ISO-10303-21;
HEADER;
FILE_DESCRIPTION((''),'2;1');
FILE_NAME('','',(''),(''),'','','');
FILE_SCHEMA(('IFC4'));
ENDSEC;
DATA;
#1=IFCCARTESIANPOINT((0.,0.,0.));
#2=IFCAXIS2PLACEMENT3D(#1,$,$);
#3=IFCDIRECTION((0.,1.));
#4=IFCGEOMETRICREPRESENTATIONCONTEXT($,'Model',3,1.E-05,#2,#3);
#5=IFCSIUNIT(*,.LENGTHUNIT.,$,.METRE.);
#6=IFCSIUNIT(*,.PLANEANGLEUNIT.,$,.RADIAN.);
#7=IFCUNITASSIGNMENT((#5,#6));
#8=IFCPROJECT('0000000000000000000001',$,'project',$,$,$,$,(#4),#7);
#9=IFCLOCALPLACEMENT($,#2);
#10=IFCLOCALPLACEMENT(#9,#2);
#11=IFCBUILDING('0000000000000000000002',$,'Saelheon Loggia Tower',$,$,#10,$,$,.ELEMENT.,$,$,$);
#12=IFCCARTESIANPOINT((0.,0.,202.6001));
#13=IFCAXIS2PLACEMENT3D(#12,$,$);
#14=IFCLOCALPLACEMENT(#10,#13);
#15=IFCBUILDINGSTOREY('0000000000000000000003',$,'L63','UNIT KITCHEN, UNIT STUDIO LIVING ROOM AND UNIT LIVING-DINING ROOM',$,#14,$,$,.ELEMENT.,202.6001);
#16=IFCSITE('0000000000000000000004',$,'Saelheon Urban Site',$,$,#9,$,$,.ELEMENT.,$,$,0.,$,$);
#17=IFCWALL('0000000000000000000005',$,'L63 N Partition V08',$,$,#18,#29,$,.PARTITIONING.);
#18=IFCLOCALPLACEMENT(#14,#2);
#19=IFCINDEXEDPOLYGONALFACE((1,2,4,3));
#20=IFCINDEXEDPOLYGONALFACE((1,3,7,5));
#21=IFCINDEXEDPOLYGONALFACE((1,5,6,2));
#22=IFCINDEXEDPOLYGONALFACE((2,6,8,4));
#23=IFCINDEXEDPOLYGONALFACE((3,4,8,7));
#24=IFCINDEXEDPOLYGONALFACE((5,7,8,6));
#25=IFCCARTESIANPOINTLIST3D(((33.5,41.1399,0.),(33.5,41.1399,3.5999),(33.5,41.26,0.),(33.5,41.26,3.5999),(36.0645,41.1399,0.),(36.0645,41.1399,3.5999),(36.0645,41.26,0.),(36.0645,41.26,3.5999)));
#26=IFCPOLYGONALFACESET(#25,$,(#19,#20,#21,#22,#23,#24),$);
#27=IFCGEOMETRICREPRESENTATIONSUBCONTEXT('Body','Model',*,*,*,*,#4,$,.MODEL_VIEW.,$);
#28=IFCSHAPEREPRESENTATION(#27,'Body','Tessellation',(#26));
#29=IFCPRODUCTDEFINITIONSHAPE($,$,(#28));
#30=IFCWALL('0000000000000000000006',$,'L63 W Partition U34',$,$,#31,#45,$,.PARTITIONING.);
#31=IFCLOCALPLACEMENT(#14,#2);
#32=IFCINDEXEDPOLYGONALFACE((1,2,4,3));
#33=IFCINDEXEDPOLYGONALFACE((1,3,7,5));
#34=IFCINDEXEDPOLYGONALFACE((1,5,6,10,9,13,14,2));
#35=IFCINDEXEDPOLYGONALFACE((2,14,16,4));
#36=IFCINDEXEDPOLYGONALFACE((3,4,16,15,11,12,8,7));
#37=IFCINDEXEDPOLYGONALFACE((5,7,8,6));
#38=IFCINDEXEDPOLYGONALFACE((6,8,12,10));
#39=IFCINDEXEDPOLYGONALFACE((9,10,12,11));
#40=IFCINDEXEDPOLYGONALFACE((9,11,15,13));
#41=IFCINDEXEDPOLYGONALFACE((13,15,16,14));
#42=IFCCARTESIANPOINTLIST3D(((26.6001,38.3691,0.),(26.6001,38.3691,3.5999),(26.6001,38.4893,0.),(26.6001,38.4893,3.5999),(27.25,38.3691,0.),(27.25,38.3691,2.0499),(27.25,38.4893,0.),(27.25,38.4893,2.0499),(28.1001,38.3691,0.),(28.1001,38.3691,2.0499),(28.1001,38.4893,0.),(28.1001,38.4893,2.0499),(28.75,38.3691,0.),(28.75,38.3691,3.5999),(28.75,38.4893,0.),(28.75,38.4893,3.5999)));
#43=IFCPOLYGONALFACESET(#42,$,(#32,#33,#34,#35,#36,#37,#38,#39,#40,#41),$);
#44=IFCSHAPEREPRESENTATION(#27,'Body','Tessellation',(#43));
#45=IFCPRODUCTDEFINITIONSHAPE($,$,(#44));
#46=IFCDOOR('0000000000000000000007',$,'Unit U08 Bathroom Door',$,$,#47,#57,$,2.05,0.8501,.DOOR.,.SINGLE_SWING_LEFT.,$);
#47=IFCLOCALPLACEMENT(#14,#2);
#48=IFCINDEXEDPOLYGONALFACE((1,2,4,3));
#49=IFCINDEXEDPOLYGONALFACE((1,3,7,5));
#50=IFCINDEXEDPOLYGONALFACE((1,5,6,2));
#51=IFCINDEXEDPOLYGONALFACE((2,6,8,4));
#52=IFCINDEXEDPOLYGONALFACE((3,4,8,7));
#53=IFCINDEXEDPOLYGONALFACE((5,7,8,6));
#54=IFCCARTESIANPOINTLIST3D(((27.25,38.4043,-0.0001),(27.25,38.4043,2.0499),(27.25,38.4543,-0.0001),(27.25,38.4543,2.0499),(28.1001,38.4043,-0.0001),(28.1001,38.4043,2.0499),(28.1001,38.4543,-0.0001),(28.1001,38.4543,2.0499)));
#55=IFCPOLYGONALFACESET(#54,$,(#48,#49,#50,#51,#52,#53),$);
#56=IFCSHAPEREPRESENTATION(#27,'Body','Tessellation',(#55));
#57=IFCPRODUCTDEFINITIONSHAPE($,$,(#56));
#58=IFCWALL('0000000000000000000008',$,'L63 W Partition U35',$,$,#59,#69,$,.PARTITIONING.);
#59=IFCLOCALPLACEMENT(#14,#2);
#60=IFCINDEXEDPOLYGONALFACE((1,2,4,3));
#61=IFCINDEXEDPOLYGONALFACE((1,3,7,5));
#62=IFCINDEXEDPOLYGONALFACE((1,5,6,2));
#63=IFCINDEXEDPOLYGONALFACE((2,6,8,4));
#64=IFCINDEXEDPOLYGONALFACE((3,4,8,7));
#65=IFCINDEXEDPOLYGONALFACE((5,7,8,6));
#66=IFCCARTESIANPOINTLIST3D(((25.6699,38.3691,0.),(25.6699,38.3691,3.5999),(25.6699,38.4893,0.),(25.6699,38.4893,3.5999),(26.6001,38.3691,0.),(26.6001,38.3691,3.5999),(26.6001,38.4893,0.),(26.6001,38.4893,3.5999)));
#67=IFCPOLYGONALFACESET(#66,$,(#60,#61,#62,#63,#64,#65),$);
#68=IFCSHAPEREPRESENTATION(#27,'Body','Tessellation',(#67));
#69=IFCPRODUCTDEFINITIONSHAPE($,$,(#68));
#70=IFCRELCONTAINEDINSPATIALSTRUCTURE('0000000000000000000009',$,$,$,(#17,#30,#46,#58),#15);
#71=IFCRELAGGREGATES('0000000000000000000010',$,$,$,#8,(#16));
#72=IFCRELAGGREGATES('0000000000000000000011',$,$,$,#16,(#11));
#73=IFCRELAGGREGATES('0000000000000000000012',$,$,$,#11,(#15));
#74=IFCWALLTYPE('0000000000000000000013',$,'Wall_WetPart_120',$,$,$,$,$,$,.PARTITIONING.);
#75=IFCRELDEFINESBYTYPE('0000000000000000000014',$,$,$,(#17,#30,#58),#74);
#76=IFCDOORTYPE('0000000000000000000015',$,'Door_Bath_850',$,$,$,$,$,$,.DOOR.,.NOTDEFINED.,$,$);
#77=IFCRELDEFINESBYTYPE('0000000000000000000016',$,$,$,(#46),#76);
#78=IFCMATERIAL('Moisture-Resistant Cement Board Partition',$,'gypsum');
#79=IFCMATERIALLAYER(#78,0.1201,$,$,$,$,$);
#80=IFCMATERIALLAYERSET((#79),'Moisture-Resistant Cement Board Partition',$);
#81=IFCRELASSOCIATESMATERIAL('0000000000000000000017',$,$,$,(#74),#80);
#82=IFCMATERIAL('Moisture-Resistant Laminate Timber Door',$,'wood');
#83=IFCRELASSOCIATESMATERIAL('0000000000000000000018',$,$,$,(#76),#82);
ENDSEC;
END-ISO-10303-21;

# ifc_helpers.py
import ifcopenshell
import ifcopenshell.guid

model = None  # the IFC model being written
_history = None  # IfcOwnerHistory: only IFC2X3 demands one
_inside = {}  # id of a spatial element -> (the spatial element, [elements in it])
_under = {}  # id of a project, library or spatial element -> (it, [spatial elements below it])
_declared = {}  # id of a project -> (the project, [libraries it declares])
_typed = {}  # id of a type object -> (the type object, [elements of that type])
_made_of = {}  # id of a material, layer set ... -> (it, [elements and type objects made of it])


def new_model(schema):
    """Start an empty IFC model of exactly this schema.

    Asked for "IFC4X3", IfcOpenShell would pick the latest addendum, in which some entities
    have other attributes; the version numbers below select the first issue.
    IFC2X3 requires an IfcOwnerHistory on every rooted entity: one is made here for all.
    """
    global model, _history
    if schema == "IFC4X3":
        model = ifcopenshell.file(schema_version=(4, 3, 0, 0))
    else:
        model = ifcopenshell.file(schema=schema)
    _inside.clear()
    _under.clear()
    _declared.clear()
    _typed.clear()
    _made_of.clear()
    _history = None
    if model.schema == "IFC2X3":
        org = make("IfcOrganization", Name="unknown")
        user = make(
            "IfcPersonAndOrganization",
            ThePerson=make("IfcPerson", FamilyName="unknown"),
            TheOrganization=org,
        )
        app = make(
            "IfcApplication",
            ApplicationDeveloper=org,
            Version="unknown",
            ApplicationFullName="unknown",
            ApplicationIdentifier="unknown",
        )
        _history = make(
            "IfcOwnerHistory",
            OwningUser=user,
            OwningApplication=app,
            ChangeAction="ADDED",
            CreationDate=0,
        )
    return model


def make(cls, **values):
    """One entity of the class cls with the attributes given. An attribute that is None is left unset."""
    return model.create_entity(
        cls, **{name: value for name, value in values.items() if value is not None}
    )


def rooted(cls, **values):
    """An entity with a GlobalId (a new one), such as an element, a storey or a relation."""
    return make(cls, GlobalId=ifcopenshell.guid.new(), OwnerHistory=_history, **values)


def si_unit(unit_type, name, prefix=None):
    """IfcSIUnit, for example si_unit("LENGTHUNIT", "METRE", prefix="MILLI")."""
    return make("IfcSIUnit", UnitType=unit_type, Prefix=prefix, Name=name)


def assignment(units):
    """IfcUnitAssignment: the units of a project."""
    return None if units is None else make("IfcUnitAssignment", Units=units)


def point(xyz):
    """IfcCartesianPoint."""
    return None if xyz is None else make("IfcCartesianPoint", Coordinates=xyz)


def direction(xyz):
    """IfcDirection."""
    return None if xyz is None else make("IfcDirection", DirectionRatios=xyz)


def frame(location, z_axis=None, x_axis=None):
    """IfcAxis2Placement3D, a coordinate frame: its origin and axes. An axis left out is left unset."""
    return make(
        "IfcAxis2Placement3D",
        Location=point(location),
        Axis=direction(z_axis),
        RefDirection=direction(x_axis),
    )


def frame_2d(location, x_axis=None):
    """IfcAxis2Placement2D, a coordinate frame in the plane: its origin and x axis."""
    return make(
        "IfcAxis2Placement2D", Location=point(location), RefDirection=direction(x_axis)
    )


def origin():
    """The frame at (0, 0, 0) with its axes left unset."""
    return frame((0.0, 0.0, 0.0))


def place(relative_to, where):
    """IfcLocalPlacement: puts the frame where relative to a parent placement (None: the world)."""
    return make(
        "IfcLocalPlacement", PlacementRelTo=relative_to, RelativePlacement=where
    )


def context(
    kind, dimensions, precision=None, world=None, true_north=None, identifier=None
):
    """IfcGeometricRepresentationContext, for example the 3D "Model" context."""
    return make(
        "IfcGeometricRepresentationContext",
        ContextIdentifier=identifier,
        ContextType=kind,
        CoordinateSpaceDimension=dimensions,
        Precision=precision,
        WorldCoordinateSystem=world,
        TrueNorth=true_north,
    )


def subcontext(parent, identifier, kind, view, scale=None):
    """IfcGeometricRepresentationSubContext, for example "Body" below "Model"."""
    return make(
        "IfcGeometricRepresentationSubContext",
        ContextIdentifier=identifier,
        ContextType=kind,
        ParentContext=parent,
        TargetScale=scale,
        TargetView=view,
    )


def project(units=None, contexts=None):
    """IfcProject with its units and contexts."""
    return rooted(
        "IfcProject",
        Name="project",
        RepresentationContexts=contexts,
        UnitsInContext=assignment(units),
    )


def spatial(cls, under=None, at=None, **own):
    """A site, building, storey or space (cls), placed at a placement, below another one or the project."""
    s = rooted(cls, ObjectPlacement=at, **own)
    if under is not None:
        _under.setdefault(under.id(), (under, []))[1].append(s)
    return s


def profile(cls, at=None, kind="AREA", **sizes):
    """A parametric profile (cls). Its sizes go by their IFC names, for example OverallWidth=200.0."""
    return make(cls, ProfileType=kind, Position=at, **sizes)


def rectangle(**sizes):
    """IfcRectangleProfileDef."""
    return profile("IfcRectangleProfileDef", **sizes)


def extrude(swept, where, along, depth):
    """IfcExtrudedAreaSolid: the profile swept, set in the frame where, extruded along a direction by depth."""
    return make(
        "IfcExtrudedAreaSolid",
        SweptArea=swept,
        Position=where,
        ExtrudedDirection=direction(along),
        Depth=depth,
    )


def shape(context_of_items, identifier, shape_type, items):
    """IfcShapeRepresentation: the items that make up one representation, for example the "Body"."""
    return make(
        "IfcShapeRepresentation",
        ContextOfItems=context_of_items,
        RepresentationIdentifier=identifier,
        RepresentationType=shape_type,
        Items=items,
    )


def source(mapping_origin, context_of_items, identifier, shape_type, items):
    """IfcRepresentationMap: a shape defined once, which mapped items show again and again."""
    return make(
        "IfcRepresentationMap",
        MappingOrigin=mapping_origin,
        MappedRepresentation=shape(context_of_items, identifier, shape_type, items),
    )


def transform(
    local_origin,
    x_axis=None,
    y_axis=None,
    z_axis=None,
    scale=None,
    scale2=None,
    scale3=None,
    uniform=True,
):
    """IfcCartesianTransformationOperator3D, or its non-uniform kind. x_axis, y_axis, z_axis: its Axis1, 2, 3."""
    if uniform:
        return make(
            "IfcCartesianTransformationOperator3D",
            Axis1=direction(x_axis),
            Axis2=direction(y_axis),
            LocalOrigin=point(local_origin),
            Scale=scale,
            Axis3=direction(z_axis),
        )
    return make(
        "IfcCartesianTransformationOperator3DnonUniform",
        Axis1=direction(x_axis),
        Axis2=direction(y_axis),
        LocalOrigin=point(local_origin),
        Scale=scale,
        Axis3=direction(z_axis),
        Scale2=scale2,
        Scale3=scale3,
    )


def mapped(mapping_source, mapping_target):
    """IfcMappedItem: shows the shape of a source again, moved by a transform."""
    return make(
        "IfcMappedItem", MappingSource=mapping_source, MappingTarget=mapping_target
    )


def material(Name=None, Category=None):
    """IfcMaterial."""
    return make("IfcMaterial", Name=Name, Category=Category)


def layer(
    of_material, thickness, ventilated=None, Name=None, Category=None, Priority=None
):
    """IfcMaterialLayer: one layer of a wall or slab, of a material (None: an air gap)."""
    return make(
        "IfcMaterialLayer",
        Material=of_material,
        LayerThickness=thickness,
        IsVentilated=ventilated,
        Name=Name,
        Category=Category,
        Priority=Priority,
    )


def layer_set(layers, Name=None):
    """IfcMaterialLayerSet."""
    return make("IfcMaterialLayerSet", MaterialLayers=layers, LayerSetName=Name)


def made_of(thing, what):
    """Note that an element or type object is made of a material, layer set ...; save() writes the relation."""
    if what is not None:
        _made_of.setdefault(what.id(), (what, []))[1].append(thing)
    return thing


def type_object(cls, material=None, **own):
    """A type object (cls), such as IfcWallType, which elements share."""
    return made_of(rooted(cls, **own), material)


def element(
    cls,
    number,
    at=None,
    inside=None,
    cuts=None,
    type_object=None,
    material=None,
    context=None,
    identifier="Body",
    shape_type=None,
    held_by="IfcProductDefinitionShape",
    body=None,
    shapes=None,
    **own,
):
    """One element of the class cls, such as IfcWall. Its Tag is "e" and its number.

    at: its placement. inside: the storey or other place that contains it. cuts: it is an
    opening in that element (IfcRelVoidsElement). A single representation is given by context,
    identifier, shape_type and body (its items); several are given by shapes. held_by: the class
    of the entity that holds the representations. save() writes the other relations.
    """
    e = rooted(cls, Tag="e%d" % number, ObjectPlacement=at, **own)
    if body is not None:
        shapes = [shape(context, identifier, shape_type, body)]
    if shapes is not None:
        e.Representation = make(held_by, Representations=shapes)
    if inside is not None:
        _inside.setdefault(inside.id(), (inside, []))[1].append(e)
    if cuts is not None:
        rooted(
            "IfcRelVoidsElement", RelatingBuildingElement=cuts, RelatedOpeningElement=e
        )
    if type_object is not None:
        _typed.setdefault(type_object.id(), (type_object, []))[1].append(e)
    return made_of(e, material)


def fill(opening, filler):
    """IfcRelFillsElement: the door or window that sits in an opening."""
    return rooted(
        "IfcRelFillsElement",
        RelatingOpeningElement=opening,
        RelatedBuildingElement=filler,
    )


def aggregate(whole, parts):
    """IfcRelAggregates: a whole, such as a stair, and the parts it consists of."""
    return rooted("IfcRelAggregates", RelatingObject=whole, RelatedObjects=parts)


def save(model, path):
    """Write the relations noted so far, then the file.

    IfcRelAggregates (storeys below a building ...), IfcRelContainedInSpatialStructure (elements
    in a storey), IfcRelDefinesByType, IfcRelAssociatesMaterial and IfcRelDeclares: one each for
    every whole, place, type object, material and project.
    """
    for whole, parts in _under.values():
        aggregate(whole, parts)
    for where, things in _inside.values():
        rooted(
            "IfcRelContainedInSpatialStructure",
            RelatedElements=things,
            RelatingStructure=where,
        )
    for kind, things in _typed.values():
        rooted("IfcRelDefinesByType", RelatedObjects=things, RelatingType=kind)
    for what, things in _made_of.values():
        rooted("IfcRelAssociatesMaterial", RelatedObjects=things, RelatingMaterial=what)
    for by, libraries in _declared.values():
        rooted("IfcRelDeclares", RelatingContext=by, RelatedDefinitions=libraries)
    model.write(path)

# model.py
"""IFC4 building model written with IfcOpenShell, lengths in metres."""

from ifc_helpers import new_model, si_unit, direction, frame, frame_2d, origin, place, context, subcontext, project, spatial, rectangle, extrude, source, transform, mapped, material, layer, layer_set, type_object, element, fill, save


model = new_model("IFC4")

# Units and contexts
model_context = context("Model", 3, precision=1e-05, world=origin(), true_north=direction((0.0, 1.0)))
body_context = subcontext(model_context, "Body", "Model", "MODEL_VIEW")
ifc_project = project(units=[si_unit("LENGTHUNIT", "METRE"), si_unit("PLANEANGLEUNIT", "RADIAN")], contexts=[model_context])

# Site, building, storey
site_placement = place(None, origin())
site = spatial("IfcSite", under=ifc_project, at=site_placement, Name="Saelheon Urban Site", CompositionType="ELEMENT", RefElevation=0.0)
building_placement = place(site_placement, origin())
building = spatial("IfcBuilding", under=site, at=building_placement, Name="Saelheon Loggia Tower", CompositionType="ELEMENT")
storey_placement = place(building_placement, frame((0.0, 0.0, 202.6001)))
storey = spatial("IfcBuildingStorey", under=building, at=storey_placement, Name="L63", Description="UNIT KITCHEN, UNIT STUDIO LIVING ROOM AND UNIT LIVING-DINING ROOM", CompositionType="ELEMENT", Elevation=202.6001)

# Shared definitions
ifc_material_1 = material(Name="Moisture-Resistant Cement Board Partition", Category="gypsum")
ifc_layer_1 = layer(ifc_material_1, 0.1201)
ifc_layer_set_1 = layer_set([ifc_layer_1], Name="Moisture-Resistant Cement Board Partition")
wall_type_1 = type_object("IfcWallType", Name="Wall_WetPart_120", PredefinedType="PARTITIONING", material=ifc_layer_set_1)

# Wall
wall_1_placement = place(storey_placement, frame((33.5, 41.2, 0.0), z_axis=(0.0, 0.0, 1.0), x_axis=(1.0, 0.0, 0.0)))
element("IfcWall", 1, at=wall_1_placement, inside=storey, type_object=wall_type_1, Name="L63 N Partition V08", PredefinedType="PARTITIONING", context=body_context, shape_type="SweptSolid", body=[
    extrude(rectangle(XDim=2.5645, YDim=0.1201, at=frame_2d((1.2822, 0.0))), origin(), (0.0, 0.0, 1.0), 3.5999),
])

# Wall, opening, door
wall_2_placement = place(storey_placement, frame((28.75, 38.4292, 0.0), z_axis=(0.0, 0.0, 1.0), x_axis=(-1.0, 0.0, 0.0)))
wall_2 = element("IfcWall", 2, at=wall_2_placement, inside=storey, type_object=wall_type_1, Name="L63 W Partition U34", PredefinedType="PARTITIONING", context=body_context, shape_type="SweptSolid", body=[
    extrude(rectangle(XDim=2.1499, YDim=0.1201, at=frame_2d((1.075, 0.0))), origin(), (0.0, 0.0, 1.0), 3.5999),
])
opening_1_placement = place(wall_2_placement, frame((0.6499, 0.0, 0.0)))
opening_1 = element("IfcOpeningElement", 3, at=opening_1_placement, cuts=wall_2, PredefinedType="OPENING", context=body_context, shape_type="SweptSolid", body=[
    extrude(rectangle(XDim=0.8501, YDim=2.05, at=frame_2d((0.425, 1.0249))), frame((0.0, 0.072, 0.0), z_axis=(0.0, -1.0, 0.0), x_axis=(1.0, 0.0, 0.0)), (0.0, 0.0, 1.0), 0.144),
])
ifc_material_2 = material(Name="Moisture-Resistant Laminate Timber Door", Category="wood")
door_type_1 = type_object("IfcDoorType", Name="Door_Bath_850", OperationType="NOTDEFINED", PredefinedType="DOOR", material=ifc_material_2)
shared_shape_1 = source(origin(), body_context, "Body", "SweptSolid", [
    extrude(rectangle(XDim=0.8501, YDim=2.05, at=frame_2d((0.425, 1.0249))), frame((0.0, 0.0249, 0.0), z_axis=(0.0, -1.0, 0.0), x_axis=(1.0, 0.0, 0.0)), (0.0, 0.0, 1.0), 0.05),
])
door_1_placement = place(opening_1_placement, origin())
door_1 = element("IfcDoor", 4, at=door_1_placement, inside=storey, type_object=door_type_1, Name="Unit U08 Bathroom Door", OperationType="SINGLE_SWING_LEFT", OverallHeight=2.05, OverallWidth=0.8501, PredefinedType="DOOR", context=body_context, shape_type="MappedRepresentation", body=[
    mapped(shared_shape_1, transform((0.0, 0.0, 0.0), scale=1.0)),
])
fill(opening_1, door_1)

# Wall
wall_3_placement = place(storey_placement, frame((26.6001, 38.4292, 0.0), z_axis=(0.0, 0.0, 1.0), x_axis=(-1.0, 0.0, 0.0)))
element("IfcWall", 5, at=wall_3_placement, inside=storey, type_object=wall_type_1, Name="L63 W Partition U35", PredefinedType="PARTITIONING", context=body_context, shape_type="SweptSolid", body=[
    extrude(rectangle(XDim=0.9302, YDim=0.1201, at=frame_2d((0.4651, 0.0))), origin(), (0.0, 0.0, 1.0), 3.5999),
])

save(model, "model.ifc")
